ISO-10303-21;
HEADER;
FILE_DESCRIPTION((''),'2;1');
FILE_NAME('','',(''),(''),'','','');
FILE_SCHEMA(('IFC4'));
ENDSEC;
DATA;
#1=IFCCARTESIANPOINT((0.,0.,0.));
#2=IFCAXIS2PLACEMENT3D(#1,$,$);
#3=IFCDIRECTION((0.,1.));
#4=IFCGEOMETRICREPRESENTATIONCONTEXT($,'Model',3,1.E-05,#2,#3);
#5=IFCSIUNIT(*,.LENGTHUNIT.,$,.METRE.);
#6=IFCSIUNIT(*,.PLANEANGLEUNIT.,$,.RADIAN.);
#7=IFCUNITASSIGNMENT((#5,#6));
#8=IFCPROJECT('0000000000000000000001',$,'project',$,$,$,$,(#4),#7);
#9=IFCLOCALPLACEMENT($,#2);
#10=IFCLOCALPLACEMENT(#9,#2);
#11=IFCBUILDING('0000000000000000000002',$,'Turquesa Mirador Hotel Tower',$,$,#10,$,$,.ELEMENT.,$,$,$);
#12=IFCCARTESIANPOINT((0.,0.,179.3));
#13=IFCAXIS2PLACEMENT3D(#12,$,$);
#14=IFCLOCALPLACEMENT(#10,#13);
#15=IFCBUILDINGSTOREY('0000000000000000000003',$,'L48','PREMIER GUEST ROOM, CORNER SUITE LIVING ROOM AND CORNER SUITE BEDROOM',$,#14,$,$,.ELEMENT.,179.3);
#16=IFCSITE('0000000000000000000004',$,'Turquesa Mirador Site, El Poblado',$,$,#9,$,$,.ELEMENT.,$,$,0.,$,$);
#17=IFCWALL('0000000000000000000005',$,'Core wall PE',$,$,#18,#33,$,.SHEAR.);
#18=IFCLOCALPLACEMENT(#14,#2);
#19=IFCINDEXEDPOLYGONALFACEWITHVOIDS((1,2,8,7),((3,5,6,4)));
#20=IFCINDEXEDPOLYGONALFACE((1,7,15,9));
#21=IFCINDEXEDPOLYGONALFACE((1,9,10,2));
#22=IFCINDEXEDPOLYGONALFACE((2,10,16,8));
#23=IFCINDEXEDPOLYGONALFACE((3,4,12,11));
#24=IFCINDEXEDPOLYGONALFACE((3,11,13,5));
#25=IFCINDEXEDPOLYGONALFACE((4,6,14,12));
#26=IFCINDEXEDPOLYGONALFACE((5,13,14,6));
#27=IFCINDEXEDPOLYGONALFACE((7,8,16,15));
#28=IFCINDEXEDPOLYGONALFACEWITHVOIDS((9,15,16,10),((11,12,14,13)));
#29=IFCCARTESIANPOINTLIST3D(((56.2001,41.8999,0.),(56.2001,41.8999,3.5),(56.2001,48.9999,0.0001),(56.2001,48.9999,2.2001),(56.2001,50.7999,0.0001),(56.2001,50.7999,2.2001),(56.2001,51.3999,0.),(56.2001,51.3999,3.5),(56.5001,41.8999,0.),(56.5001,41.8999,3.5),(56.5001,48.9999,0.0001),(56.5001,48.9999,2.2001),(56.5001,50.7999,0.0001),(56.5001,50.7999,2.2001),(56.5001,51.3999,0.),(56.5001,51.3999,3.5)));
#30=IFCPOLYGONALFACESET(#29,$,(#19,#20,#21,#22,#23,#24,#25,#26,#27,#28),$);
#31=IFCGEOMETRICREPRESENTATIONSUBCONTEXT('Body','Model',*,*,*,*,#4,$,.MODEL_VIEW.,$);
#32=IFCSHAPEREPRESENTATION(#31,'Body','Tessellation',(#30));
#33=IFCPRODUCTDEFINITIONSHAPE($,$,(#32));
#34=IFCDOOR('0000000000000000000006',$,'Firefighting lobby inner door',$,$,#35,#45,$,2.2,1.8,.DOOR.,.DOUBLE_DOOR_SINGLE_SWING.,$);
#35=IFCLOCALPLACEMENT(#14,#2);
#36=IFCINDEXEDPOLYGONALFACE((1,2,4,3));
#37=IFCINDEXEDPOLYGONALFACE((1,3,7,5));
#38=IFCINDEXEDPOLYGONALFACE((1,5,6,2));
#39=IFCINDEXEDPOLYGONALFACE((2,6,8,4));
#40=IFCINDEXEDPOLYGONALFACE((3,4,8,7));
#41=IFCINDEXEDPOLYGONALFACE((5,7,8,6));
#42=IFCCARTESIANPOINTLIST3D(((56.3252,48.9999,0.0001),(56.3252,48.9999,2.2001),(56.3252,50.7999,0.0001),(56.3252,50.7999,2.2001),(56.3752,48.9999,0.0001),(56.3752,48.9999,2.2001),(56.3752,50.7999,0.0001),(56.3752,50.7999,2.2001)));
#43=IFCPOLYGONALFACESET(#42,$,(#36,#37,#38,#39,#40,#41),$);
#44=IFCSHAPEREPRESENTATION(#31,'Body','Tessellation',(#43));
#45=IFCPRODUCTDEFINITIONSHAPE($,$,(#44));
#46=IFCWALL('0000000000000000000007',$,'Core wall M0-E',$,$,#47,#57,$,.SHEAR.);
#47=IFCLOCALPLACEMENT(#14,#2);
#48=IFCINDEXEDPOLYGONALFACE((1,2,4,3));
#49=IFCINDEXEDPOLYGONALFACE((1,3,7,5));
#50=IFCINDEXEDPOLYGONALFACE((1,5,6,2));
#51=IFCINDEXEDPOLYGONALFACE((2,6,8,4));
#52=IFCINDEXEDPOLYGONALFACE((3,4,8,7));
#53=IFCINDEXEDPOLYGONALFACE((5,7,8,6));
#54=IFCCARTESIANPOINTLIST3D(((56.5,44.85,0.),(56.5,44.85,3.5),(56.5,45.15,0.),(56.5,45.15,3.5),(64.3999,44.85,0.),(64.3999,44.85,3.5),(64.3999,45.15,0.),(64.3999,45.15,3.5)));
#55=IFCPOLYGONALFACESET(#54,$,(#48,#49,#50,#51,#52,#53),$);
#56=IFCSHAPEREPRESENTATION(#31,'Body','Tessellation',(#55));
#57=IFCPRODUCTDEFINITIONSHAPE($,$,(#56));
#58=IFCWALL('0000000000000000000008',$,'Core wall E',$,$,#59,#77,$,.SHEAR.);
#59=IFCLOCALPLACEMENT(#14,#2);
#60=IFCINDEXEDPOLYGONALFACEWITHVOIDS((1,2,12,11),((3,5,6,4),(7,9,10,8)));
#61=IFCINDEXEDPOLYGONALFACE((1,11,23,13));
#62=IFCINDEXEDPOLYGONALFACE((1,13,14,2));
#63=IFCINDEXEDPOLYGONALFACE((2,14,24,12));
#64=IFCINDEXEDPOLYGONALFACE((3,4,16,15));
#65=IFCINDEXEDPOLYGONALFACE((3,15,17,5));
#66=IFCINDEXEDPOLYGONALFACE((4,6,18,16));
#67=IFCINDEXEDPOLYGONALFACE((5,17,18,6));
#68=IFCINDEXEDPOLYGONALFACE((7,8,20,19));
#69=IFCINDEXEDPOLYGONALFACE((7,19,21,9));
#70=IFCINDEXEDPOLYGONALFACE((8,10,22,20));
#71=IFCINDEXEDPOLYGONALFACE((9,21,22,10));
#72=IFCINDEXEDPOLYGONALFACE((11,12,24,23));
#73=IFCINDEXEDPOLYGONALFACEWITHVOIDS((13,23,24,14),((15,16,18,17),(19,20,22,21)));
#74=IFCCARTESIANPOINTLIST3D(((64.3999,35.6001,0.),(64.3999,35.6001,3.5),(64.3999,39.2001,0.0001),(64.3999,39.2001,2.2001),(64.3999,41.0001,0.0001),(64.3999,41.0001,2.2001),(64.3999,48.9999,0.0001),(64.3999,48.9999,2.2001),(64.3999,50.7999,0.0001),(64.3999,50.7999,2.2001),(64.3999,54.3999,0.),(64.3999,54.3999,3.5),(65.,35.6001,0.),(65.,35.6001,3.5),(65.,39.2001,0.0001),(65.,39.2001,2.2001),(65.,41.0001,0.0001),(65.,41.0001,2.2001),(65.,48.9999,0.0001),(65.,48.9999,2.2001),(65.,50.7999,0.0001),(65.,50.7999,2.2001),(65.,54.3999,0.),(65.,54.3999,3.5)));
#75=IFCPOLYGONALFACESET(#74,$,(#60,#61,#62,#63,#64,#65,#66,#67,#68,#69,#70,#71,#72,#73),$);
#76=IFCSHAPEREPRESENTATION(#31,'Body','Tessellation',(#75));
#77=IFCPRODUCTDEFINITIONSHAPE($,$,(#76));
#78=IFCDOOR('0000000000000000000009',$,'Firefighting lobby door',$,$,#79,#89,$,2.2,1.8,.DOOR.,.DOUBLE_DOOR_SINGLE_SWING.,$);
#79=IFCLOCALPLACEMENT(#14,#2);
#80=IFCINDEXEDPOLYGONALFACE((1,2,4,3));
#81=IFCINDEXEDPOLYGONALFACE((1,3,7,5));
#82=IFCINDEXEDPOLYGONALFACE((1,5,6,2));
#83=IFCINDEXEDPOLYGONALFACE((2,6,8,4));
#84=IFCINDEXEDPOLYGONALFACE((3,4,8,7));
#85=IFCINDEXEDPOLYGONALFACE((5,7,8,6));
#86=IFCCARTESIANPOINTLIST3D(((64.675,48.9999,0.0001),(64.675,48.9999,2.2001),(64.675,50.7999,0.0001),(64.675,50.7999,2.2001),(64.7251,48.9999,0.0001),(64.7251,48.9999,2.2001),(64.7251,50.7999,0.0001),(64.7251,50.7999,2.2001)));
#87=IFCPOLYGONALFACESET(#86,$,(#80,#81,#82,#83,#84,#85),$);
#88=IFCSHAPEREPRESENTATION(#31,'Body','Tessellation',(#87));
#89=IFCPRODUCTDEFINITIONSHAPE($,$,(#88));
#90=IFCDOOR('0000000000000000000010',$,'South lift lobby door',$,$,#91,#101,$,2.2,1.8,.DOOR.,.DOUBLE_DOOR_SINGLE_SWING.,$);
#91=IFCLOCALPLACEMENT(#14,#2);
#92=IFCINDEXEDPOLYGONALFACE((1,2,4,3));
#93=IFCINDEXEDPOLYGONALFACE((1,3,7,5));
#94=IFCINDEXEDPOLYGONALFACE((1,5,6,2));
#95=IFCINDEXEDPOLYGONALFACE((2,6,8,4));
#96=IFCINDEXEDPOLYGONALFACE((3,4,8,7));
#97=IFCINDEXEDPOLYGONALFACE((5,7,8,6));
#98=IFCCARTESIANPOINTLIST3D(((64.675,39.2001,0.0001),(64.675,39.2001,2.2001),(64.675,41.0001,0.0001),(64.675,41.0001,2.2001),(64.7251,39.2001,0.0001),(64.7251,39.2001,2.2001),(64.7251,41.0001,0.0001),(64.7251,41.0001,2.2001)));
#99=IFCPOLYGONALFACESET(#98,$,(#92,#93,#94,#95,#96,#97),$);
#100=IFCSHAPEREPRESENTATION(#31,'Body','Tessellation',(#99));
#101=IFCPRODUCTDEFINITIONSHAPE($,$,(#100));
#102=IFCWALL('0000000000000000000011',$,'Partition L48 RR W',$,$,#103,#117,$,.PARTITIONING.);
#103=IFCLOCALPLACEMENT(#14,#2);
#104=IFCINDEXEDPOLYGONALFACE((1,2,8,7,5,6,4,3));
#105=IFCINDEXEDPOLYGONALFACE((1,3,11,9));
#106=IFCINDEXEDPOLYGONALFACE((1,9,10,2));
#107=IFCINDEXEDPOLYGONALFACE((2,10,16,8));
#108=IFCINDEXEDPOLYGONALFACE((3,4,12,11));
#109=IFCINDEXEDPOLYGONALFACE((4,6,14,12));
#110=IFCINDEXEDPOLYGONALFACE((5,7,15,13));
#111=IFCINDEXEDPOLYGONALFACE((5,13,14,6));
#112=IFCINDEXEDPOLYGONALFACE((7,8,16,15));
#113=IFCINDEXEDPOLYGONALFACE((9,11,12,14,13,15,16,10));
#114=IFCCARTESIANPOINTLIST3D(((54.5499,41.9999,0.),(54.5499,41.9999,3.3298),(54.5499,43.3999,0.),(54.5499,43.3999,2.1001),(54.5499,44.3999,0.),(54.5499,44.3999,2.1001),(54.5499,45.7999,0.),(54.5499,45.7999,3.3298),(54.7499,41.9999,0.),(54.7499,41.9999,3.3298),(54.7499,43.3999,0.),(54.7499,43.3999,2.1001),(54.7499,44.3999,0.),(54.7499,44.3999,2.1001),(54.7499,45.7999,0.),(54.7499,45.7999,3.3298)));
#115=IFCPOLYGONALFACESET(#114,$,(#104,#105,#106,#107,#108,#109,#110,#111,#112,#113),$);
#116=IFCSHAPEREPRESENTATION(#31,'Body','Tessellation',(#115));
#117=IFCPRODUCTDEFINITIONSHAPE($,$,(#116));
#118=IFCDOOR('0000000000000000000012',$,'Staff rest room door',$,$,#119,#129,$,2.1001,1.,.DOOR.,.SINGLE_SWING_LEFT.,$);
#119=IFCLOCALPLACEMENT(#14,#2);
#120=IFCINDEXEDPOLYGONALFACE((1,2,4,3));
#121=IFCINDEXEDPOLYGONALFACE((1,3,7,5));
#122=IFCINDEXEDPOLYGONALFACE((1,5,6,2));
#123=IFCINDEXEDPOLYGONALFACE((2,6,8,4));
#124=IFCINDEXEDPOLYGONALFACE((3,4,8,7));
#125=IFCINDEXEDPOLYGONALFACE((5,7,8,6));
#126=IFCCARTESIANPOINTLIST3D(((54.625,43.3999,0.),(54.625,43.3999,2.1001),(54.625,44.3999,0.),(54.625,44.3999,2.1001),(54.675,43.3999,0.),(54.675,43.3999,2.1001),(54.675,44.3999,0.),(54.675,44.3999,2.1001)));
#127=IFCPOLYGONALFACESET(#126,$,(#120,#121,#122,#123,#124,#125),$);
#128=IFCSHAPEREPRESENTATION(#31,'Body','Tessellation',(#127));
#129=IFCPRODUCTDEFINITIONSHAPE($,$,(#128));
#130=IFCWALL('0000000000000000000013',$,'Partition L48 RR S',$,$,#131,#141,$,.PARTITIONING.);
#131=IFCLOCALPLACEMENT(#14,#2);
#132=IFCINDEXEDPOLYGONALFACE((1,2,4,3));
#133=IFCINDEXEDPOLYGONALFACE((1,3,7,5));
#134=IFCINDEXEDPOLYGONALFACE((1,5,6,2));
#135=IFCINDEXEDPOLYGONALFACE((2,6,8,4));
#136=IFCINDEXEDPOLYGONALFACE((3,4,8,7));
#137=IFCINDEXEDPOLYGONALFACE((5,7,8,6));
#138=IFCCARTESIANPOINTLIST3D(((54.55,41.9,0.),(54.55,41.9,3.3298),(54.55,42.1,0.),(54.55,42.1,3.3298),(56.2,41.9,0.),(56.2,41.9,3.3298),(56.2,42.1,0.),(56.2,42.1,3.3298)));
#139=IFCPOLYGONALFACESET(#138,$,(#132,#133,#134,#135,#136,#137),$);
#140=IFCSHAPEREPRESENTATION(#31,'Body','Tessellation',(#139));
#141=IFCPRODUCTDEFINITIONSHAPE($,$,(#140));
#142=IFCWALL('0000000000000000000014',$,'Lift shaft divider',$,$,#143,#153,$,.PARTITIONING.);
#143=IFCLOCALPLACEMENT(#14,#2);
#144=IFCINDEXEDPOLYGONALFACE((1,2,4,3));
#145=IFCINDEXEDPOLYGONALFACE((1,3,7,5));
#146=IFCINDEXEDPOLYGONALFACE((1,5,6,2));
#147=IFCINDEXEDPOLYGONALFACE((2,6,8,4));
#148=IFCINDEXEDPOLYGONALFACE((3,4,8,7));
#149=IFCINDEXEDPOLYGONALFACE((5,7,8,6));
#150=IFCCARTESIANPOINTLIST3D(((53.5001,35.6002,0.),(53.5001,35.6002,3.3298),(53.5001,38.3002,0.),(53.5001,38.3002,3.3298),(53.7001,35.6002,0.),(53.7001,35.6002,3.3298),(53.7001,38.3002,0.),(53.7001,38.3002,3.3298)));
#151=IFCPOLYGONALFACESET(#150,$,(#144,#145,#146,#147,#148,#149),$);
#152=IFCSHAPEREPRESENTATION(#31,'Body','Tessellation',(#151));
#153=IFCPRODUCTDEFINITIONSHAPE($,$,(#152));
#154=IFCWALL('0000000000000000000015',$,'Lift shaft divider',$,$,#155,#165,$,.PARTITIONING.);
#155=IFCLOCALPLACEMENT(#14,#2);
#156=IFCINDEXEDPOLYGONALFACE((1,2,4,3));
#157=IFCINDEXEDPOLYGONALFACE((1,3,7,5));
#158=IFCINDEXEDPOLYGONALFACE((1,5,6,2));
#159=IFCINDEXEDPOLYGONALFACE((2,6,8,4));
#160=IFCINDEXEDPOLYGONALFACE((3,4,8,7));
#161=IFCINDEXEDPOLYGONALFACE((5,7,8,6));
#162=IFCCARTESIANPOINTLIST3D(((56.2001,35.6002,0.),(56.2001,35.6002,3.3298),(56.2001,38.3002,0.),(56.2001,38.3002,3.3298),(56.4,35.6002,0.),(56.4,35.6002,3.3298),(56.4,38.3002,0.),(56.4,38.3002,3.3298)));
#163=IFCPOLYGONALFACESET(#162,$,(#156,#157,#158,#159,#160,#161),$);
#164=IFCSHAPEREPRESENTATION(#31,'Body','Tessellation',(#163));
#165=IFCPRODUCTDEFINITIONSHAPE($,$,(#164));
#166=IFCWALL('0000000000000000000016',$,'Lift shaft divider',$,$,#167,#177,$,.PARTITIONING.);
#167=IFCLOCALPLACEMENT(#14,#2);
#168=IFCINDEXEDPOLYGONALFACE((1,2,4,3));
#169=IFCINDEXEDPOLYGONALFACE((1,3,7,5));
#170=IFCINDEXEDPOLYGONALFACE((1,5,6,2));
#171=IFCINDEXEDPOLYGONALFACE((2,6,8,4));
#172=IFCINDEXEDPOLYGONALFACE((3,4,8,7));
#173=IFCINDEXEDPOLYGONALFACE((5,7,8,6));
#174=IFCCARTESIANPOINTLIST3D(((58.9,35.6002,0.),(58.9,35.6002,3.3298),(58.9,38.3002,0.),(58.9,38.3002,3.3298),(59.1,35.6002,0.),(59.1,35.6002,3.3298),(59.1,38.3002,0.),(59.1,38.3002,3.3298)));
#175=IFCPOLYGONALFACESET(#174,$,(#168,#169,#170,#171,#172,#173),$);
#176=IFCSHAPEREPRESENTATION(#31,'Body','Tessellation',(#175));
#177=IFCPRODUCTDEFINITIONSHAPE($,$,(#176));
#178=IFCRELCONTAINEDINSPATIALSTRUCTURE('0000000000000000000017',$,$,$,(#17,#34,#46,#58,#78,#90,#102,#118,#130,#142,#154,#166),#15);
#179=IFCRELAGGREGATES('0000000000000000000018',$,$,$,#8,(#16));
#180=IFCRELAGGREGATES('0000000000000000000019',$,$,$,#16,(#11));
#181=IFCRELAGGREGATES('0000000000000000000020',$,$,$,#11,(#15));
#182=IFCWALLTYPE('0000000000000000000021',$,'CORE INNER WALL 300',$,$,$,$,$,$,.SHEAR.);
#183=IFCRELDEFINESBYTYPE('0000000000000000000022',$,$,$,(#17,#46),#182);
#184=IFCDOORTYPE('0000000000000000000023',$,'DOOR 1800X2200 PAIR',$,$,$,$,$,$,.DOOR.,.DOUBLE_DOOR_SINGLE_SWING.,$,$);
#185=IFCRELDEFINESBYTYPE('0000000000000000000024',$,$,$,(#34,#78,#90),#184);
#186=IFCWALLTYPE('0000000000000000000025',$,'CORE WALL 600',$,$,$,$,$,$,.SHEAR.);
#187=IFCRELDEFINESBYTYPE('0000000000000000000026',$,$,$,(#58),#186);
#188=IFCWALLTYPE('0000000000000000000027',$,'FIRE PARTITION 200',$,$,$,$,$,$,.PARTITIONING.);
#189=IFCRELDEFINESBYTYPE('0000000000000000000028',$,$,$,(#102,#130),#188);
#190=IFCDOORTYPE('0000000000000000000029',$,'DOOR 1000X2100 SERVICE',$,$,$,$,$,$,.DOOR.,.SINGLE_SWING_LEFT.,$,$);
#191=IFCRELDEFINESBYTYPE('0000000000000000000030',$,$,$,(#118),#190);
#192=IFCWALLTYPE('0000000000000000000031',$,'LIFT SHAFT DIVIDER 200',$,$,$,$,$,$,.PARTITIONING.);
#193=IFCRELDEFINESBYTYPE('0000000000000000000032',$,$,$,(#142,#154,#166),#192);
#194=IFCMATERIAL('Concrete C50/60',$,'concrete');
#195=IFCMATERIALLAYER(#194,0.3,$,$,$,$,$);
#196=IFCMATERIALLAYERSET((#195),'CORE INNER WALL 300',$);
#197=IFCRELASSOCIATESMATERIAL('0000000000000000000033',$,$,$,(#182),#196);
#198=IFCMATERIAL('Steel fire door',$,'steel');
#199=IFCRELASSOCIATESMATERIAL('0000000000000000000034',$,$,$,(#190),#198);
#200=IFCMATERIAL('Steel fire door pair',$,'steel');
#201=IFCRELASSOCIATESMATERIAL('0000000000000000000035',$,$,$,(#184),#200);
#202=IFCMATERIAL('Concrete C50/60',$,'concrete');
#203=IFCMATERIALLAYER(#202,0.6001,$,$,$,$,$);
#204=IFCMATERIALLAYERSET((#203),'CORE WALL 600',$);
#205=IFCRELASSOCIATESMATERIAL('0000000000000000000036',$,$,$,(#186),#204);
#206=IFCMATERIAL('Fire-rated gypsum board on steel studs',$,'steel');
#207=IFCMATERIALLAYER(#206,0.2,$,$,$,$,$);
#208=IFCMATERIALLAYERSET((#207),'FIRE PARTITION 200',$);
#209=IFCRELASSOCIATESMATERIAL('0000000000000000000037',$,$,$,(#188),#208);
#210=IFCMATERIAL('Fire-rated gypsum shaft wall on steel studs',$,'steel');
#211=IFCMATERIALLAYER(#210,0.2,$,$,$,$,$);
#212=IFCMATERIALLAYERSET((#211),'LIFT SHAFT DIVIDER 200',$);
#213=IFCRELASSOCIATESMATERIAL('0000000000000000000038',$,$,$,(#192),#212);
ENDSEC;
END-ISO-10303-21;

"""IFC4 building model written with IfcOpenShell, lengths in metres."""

from ifc_helpers import new_model, si_unit, direction, frame, frame_2d, origin, place, context, subcontext, project, spatial, rectangle, extrude, material, layer, layer_set, type_object, element, fill, save


model = new_model("IFC4")

# Units and contexts
model_context = context("Model", 3, precision=1e-05, world=origin(), true_north=direction((0.0, 1.0)))
body_context = subcontext(model_context, "Body", "Model", "MODEL_VIEW")
ifc_project = project(units=[si_unit("LENGTHUNIT", "METRE"), si_unit("PLANEANGLEUNIT", "RADIAN")], contexts=[model_context])

# Site, building, storey
site_placement = place(None, origin())
site = spatial("IfcSite", under=ifc_project, at=site_placement, Name="Turquesa Mirador Site, El Poblado", CompositionType="ELEMENT", RefElevation=0.0)
building_placement = place(site_placement, origin())
building = spatial("IfcBuilding", under=site, at=building_placement, Name="Turquesa Mirador Hotel Tower", CompositionType="ELEMENT")
storey_placement = place(building_placement, frame((0.0, 0.0, 179.3)))
storey = spatial("IfcBuildingStorey", under=building, at=storey_placement, Name="L48", Description="PREMIER GUEST ROOM, CORNER SUITE LIVING ROOM AND CORNER SUITE BEDROOM", CompositionType="ELEMENT", Elevation=179.3)

# Wall, opening, door
ifc_material_1 = material(Name="Concrete C50/60", Category="concrete")
ifc_layer_1 = layer(ifc_material_1, 0.3)
ifc_layer_set_1 = layer_set([ifc_layer_1], Name="CORE INNER WALL 300")
wall_type_1 = type_object("IfcWallType", Name="CORE INNER WALL 300", PredefinedType="SHEAR", material=ifc_layer_set_1)
ifc_material_2 = material(Name="Steel fire door", Category="steel")
door_type_1 = type_object("IfcDoorType", Name="DOOR 1000X2100 SERVICE", OperationType="SINGLE_SWING_LEFT", PredefinedType="DOOR", material=ifc_material_2)
wall_1_placement = place(storey_placement, frame((56.3501, 41.8999, 0.0), z_axis=(0.0, 0.0, 1.0), x_axis=(0.0, 1.0, 0.0)))
wall_1 = element("IfcWall", 1, at=wall_1_placement, inside=storey, type_object=wall_type_1, Name="Core wall PE", PredefinedType="SHEAR", context=body_context, shape_type="SweptSolid", body=[
    extrude(rectangle(XDim=9.5, YDim=0.3, at=frame_2d((4.75, 0.0))), origin(), (0.0, 0.0, 1.0), 3.5),
])
opening_1_placement = place(wall_1_placement, frame((7.1001, 0.0, 0.0)))
opening_1 = element("IfcOpeningElement", 2, at=opening_1_placement, cuts=wall_1, PredefinedType="OPENING", context=body_context, shape_type="SweptSolid", body=[
    extrude(rectangle(XDim=1.8, YDim=2.2, at=frame_2d((0.8999, 1.1001))), frame((0.0, 0.1599, 0.0), z_axis=(0.0, -1.0, 0.0), x_axis=(1.0, 0.0, 0.0)), (0.0, 0.0, 1.0), 0.3201),
])
ifc_material_3 = material(Name="Steel fire door pair", Category="steel")
door_type_2 = type_object("IfcDoorType", Name="DOOR 1800X2200 PAIR", OperationType="DOUBLE_DOOR_SINGLE_SWING", PredefinedType="DOOR", material=ifc_material_3)
door_1_placement = place(opening_1_placement, origin())
door_1 = element("IfcDoor", 3, at=door_1_placement, inside=storey, type_object=door_type_2, Name="Firefighting lobby inner door", OperationType="DOUBLE_DOOR_SINGLE_SWING", OverallHeight=2.2, OverallWidth=1.8, PredefinedType="DOOR", context=body_context, shape_type="SweptSolid", body=[
    extrude(rectangle(XDim=1.8, YDim=2.2, at=frame_2d((0.8999, 1.1001))), frame((0.0, 0.0249, 0.0), z_axis=(0.0, -1.0, 0.0), x_axis=(1.0, 0.0, 0.0)), (0.0, 0.0, 1.0), 0.05),
])
fill(opening_1, door_1)

# Wall
wall_2_placement = place(storey_placement, frame((56.5, 45.0, 0.0), z_axis=(0.0, 0.0, 1.0), x_axis=(1.0, 0.0, 0.0)))
element("IfcWall", 4, at=wall_2_placement, inside=storey, type_object=wall_type_1, Name="Core wall M0-E", PredefinedType="SHEAR", context=body_context, shape_type="SweptSolid", body=[
    extrude(rectangle(XDim=7.8999, YDim=0.3, at=frame_2d((3.95, 0.0))), origin(), (0.0, 0.0, 1.0), 3.5),
])

# Wall, openings, doors
ifc_material_4 = material(Name="Concrete C50/60", Category="concrete")
ifc_layer_2 = layer(ifc_material_4, 0.6001)
ifc_layer_set_2 = layer_set([ifc_layer_2], Name="CORE WALL 600")
wall_type_2 = type_object("IfcWallType", Name="CORE WALL 600", PredefinedType="SHEAR", material=ifc_layer_set_2)
wall_3_placement = place(storey_placement, frame((64.7, 35.6001, 0.0), z_axis=(0.0, 0.0, 1.0), x_axis=(0.0, 1.0, 0.0)))
wall_3 = element("IfcWall", 5, at=wall_3_placement, inside=storey, type_object=wall_type_2, Name="Core wall E", PredefinedType="SHEAR", context=body_context, shape_type="SweptSolid", body=[
    extrude(rectangle(XDim=18.7998, YDim=0.6001, at=frame_2d((9.3999, 0.0))), origin(), (0.0, 0.0, 1.0), 3.5),
])
opening_2_placement = place(wall_3_placement, frame((13.3999, 0.0, 0.0)))
opening_2 = element("IfcOpeningElement", 6, at=opening_2_placement, cuts=wall_3, PredefinedType="OPENING", context=body_context, shape_type="SweptSolid", body=[
    extrude(rectangle(XDim=1.8, YDim=2.2, at=frame_2d((0.8999, 1.1001))), frame((0.0, 0.3101, 0.0), z_axis=(0.0, -1.0, 0.0), x_axis=(1.0, 0.0, 0.0)), (0.0, 0.0, 1.0), 0.6201),
])
opening_3_placement = place(wall_3_placement, frame((3.6001, 0.0, 0.0)))
opening_3 = element("IfcOpeningElement", 7, at=opening_3_placement, cuts=wall_3, PredefinedType="OPENING", context=body_context, shape_type="SweptSolid", body=[
    extrude(rectangle(XDim=1.8, YDim=2.2, at=frame_2d((0.8999, 1.1001))), frame((0.0, 0.3101, 0.0), z_axis=(0.0, -1.0, 0.0), x_axis=(1.0, 0.0, 0.0)), (0.0, 0.0, 1.0), 0.6201),
])
door_2_placement = place(opening_2_placement, origin())
door_2 = element("IfcDoor", 8, at=door_2_placement, inside=storey, type_object=door_type_2, Name="Firefighting lobby door", OperationType="DOUBLE_DOOR_SINGLE_SWING", OverallHeight=2.2, OverallWidth=1.8, PredefinedType="DOOR", context=body_context, shape_type="SweptSolid", body=[
    extrude(rectangle(XDim=1.8, YDim=2.2, at=frame_2d((0.8999, 1.1001))), frame((0.0, 0.0249, 0.0), z_axis=(0.0, -1.0, 0.0), x_axis=(1.0, 0.0, 0.0)), (0.0, 0.0, 1.0), 0.05),
])
fill(opening_2, door_2)
door_3_placement = place(opening_3_placement, origin())
door_3 = element("IfcDoor", 9, at=door_3_placement, inside=storey, type_object=door_type_2, Name="South lift lobby door", OperationType="DOUBLE_DOOR_SINGLE_SWING", OverallHeight=2.2, OverallWidth=1.8, PredefinedType="DOOR", context=body_context, shape_type="SweptSolid", body=[
    extrude(rectangle(XDim=1.8, YDim=2.2, at=frame_2d((0.8999, 1.1001))), frame((0.0, 0.0249, 0.0), z_axis=(0.0, -1.0, 0.0), x_axis=(1.0, 0.0, 0.0)), (0.0, 0.0, 1.0), 0.05),
])
fill(opening_3, door_3)

# Wall, opening, door
ifc_material_5 = material(Name="Fire-rated gypsum board on steel studs", Category="steel")
ifc_layer_3 = layer(ifc_material_5, 0.2)
ifc_layer_set_3 = layer_set([ifc_layer_3], Name="FIRE PARTITION 200")
wall_type_3 = type_object("IfcWallType", Name="FIRE PARTITION 200", PredefinedType="PARTITIONING", material=ifc_layer_set_3)
wall_4_placement = place(storey_placement, frame((54.6499, 42.0, 0.0), z_axis=(0.0, 0.0, 1.0), x_axis=(0.0, 1.0, 0.0)))
wall_4 = element("IfcWall", 10, at=wall_4_placement, inside=storey, type_object=wall_type_3, Name="Partition L48 RR W", PredefinedType="PARTITIONING", context=body_context, shape_type="SweptSolid", body=[
    extrude(rectangle(XDim=3.8, YDim=0.2, at=frame_2d((1.8999, 0.0))), origin(), (0.0, 0.0, 1.0), 3.3298),
])
opening_4_placement = place(wall_4_placement, frame((1.3999, 0.0, 0.0)))
opening_4 = element("IfcOpeningElement", 11, at=opening_4_placement, cuts=wall_4, PredefinedType="OPENING", context=body_context, shape_type="SweptSolid", body=[
    extrude(rectangle(XDim=1.0, YDim=2.1001, at=frame_2d((0.5, 1.05))), frame((0.0, 0.1099, 0.0), z_axis=(0.0, -1.0, 0.0), x_axis=(1.0, 0.0, 0.0)), (0.0, 0.0, 1.0), 0.22),
])
door_4_placement = place(opening_4_placement, origin())
door_4 = element("IfcDoor", 12, at=door_4_placement, inside=storey, type_object=door_type_1, Name="Staff rest room door", OperationType="SINGLE_SWING_LEFT", OverallHeight=2.1001, OverallWidth=1.0, PredefinedType="DOOR", context=body_context, shape_type="SweptSolid", body=[
    extrude(rectangle(XDim=1.0, YDim=2.1001, at=frame_2d((0.5, 1.05))), frame((0.0, 0.0249, 0.0), z_axis=(0.0, -1.0, 0.0), x_axis=(1.0, 0.0, 0.0)), (0.0, 0.0, 1.0), 0.05),
])
fill(opening_4, door_4)

# Walls
wall_5_placement = place(storey_placement, frame((54.55, 42.0, 0.0), z_axis=(0.0, 0.0, 1.0), x_axis=(1.0, 0.0, 0.0)))
element("IfcWall", 13, at=wall_5_placement, inside=storey, type_object=wall_type_3, Name="Partition L48 RR S", PredefinedType="PARTITIONING", context=body_context, shape_type="SweptSolid", body=[
    extrude(rectangle(XDim=1.6499, YDim=0.2, at=frame_2d((0.825, 0.0))), origin(), (0.0, 0.0, 1.0), 3.3298),
])
ifc_material_6 = material(Name="Fire-rated gypsum shaft wall on steel studs", Category="steel")
ifc_layer_4 = layer(ifc_material_6, 0.2)
ifc_layer_set_4 = layer_set([ifc_layer_4], Name="LIFT SHAFT DIVIDER 200")
wall_type_4 = type_object("IfcWallType", Name="LIFT SHAFT DIVIDER 200", PredefinedType="PARTITIONING", material=ifc_layer_set_4)
for number, where, z_axis, x_axis, name in (
    (14, (53.6001, 35.6001, 0.0), (0.0, 0.0, 1.0), (0.0, 1.0, 0.0), "Lift shaft divider"),
    (15, (56.3, 35.6001, 0.0), (0.0, 0.0, 1.0), (0.0, 1.0, 0.0), "Lift shaft divider"),
    (16, (59.0, 35.6001, 0.0), (0.0, 0.0, 1.0), (0.0, 1.0, 0.0), "Lift shaft divider"),
):
    element("IfcWall", number, at=place(storey_placement, frame(where, z_axis=z_axis, x_axis=x_axis)), inside=storey, type_object=wall_type_4, Name=name, PredefinedType="PARTITIONING", context=body_context, shape_type="SweptSolid", body=[
        extrude(rectangle(XDim=2.7, YDim=0.2, at=frame_2d((1.3501, 0.0))), origin(), (0.0, 0.0, 1.0), 3.3298),
    ])

save(model, "model.ifc")
